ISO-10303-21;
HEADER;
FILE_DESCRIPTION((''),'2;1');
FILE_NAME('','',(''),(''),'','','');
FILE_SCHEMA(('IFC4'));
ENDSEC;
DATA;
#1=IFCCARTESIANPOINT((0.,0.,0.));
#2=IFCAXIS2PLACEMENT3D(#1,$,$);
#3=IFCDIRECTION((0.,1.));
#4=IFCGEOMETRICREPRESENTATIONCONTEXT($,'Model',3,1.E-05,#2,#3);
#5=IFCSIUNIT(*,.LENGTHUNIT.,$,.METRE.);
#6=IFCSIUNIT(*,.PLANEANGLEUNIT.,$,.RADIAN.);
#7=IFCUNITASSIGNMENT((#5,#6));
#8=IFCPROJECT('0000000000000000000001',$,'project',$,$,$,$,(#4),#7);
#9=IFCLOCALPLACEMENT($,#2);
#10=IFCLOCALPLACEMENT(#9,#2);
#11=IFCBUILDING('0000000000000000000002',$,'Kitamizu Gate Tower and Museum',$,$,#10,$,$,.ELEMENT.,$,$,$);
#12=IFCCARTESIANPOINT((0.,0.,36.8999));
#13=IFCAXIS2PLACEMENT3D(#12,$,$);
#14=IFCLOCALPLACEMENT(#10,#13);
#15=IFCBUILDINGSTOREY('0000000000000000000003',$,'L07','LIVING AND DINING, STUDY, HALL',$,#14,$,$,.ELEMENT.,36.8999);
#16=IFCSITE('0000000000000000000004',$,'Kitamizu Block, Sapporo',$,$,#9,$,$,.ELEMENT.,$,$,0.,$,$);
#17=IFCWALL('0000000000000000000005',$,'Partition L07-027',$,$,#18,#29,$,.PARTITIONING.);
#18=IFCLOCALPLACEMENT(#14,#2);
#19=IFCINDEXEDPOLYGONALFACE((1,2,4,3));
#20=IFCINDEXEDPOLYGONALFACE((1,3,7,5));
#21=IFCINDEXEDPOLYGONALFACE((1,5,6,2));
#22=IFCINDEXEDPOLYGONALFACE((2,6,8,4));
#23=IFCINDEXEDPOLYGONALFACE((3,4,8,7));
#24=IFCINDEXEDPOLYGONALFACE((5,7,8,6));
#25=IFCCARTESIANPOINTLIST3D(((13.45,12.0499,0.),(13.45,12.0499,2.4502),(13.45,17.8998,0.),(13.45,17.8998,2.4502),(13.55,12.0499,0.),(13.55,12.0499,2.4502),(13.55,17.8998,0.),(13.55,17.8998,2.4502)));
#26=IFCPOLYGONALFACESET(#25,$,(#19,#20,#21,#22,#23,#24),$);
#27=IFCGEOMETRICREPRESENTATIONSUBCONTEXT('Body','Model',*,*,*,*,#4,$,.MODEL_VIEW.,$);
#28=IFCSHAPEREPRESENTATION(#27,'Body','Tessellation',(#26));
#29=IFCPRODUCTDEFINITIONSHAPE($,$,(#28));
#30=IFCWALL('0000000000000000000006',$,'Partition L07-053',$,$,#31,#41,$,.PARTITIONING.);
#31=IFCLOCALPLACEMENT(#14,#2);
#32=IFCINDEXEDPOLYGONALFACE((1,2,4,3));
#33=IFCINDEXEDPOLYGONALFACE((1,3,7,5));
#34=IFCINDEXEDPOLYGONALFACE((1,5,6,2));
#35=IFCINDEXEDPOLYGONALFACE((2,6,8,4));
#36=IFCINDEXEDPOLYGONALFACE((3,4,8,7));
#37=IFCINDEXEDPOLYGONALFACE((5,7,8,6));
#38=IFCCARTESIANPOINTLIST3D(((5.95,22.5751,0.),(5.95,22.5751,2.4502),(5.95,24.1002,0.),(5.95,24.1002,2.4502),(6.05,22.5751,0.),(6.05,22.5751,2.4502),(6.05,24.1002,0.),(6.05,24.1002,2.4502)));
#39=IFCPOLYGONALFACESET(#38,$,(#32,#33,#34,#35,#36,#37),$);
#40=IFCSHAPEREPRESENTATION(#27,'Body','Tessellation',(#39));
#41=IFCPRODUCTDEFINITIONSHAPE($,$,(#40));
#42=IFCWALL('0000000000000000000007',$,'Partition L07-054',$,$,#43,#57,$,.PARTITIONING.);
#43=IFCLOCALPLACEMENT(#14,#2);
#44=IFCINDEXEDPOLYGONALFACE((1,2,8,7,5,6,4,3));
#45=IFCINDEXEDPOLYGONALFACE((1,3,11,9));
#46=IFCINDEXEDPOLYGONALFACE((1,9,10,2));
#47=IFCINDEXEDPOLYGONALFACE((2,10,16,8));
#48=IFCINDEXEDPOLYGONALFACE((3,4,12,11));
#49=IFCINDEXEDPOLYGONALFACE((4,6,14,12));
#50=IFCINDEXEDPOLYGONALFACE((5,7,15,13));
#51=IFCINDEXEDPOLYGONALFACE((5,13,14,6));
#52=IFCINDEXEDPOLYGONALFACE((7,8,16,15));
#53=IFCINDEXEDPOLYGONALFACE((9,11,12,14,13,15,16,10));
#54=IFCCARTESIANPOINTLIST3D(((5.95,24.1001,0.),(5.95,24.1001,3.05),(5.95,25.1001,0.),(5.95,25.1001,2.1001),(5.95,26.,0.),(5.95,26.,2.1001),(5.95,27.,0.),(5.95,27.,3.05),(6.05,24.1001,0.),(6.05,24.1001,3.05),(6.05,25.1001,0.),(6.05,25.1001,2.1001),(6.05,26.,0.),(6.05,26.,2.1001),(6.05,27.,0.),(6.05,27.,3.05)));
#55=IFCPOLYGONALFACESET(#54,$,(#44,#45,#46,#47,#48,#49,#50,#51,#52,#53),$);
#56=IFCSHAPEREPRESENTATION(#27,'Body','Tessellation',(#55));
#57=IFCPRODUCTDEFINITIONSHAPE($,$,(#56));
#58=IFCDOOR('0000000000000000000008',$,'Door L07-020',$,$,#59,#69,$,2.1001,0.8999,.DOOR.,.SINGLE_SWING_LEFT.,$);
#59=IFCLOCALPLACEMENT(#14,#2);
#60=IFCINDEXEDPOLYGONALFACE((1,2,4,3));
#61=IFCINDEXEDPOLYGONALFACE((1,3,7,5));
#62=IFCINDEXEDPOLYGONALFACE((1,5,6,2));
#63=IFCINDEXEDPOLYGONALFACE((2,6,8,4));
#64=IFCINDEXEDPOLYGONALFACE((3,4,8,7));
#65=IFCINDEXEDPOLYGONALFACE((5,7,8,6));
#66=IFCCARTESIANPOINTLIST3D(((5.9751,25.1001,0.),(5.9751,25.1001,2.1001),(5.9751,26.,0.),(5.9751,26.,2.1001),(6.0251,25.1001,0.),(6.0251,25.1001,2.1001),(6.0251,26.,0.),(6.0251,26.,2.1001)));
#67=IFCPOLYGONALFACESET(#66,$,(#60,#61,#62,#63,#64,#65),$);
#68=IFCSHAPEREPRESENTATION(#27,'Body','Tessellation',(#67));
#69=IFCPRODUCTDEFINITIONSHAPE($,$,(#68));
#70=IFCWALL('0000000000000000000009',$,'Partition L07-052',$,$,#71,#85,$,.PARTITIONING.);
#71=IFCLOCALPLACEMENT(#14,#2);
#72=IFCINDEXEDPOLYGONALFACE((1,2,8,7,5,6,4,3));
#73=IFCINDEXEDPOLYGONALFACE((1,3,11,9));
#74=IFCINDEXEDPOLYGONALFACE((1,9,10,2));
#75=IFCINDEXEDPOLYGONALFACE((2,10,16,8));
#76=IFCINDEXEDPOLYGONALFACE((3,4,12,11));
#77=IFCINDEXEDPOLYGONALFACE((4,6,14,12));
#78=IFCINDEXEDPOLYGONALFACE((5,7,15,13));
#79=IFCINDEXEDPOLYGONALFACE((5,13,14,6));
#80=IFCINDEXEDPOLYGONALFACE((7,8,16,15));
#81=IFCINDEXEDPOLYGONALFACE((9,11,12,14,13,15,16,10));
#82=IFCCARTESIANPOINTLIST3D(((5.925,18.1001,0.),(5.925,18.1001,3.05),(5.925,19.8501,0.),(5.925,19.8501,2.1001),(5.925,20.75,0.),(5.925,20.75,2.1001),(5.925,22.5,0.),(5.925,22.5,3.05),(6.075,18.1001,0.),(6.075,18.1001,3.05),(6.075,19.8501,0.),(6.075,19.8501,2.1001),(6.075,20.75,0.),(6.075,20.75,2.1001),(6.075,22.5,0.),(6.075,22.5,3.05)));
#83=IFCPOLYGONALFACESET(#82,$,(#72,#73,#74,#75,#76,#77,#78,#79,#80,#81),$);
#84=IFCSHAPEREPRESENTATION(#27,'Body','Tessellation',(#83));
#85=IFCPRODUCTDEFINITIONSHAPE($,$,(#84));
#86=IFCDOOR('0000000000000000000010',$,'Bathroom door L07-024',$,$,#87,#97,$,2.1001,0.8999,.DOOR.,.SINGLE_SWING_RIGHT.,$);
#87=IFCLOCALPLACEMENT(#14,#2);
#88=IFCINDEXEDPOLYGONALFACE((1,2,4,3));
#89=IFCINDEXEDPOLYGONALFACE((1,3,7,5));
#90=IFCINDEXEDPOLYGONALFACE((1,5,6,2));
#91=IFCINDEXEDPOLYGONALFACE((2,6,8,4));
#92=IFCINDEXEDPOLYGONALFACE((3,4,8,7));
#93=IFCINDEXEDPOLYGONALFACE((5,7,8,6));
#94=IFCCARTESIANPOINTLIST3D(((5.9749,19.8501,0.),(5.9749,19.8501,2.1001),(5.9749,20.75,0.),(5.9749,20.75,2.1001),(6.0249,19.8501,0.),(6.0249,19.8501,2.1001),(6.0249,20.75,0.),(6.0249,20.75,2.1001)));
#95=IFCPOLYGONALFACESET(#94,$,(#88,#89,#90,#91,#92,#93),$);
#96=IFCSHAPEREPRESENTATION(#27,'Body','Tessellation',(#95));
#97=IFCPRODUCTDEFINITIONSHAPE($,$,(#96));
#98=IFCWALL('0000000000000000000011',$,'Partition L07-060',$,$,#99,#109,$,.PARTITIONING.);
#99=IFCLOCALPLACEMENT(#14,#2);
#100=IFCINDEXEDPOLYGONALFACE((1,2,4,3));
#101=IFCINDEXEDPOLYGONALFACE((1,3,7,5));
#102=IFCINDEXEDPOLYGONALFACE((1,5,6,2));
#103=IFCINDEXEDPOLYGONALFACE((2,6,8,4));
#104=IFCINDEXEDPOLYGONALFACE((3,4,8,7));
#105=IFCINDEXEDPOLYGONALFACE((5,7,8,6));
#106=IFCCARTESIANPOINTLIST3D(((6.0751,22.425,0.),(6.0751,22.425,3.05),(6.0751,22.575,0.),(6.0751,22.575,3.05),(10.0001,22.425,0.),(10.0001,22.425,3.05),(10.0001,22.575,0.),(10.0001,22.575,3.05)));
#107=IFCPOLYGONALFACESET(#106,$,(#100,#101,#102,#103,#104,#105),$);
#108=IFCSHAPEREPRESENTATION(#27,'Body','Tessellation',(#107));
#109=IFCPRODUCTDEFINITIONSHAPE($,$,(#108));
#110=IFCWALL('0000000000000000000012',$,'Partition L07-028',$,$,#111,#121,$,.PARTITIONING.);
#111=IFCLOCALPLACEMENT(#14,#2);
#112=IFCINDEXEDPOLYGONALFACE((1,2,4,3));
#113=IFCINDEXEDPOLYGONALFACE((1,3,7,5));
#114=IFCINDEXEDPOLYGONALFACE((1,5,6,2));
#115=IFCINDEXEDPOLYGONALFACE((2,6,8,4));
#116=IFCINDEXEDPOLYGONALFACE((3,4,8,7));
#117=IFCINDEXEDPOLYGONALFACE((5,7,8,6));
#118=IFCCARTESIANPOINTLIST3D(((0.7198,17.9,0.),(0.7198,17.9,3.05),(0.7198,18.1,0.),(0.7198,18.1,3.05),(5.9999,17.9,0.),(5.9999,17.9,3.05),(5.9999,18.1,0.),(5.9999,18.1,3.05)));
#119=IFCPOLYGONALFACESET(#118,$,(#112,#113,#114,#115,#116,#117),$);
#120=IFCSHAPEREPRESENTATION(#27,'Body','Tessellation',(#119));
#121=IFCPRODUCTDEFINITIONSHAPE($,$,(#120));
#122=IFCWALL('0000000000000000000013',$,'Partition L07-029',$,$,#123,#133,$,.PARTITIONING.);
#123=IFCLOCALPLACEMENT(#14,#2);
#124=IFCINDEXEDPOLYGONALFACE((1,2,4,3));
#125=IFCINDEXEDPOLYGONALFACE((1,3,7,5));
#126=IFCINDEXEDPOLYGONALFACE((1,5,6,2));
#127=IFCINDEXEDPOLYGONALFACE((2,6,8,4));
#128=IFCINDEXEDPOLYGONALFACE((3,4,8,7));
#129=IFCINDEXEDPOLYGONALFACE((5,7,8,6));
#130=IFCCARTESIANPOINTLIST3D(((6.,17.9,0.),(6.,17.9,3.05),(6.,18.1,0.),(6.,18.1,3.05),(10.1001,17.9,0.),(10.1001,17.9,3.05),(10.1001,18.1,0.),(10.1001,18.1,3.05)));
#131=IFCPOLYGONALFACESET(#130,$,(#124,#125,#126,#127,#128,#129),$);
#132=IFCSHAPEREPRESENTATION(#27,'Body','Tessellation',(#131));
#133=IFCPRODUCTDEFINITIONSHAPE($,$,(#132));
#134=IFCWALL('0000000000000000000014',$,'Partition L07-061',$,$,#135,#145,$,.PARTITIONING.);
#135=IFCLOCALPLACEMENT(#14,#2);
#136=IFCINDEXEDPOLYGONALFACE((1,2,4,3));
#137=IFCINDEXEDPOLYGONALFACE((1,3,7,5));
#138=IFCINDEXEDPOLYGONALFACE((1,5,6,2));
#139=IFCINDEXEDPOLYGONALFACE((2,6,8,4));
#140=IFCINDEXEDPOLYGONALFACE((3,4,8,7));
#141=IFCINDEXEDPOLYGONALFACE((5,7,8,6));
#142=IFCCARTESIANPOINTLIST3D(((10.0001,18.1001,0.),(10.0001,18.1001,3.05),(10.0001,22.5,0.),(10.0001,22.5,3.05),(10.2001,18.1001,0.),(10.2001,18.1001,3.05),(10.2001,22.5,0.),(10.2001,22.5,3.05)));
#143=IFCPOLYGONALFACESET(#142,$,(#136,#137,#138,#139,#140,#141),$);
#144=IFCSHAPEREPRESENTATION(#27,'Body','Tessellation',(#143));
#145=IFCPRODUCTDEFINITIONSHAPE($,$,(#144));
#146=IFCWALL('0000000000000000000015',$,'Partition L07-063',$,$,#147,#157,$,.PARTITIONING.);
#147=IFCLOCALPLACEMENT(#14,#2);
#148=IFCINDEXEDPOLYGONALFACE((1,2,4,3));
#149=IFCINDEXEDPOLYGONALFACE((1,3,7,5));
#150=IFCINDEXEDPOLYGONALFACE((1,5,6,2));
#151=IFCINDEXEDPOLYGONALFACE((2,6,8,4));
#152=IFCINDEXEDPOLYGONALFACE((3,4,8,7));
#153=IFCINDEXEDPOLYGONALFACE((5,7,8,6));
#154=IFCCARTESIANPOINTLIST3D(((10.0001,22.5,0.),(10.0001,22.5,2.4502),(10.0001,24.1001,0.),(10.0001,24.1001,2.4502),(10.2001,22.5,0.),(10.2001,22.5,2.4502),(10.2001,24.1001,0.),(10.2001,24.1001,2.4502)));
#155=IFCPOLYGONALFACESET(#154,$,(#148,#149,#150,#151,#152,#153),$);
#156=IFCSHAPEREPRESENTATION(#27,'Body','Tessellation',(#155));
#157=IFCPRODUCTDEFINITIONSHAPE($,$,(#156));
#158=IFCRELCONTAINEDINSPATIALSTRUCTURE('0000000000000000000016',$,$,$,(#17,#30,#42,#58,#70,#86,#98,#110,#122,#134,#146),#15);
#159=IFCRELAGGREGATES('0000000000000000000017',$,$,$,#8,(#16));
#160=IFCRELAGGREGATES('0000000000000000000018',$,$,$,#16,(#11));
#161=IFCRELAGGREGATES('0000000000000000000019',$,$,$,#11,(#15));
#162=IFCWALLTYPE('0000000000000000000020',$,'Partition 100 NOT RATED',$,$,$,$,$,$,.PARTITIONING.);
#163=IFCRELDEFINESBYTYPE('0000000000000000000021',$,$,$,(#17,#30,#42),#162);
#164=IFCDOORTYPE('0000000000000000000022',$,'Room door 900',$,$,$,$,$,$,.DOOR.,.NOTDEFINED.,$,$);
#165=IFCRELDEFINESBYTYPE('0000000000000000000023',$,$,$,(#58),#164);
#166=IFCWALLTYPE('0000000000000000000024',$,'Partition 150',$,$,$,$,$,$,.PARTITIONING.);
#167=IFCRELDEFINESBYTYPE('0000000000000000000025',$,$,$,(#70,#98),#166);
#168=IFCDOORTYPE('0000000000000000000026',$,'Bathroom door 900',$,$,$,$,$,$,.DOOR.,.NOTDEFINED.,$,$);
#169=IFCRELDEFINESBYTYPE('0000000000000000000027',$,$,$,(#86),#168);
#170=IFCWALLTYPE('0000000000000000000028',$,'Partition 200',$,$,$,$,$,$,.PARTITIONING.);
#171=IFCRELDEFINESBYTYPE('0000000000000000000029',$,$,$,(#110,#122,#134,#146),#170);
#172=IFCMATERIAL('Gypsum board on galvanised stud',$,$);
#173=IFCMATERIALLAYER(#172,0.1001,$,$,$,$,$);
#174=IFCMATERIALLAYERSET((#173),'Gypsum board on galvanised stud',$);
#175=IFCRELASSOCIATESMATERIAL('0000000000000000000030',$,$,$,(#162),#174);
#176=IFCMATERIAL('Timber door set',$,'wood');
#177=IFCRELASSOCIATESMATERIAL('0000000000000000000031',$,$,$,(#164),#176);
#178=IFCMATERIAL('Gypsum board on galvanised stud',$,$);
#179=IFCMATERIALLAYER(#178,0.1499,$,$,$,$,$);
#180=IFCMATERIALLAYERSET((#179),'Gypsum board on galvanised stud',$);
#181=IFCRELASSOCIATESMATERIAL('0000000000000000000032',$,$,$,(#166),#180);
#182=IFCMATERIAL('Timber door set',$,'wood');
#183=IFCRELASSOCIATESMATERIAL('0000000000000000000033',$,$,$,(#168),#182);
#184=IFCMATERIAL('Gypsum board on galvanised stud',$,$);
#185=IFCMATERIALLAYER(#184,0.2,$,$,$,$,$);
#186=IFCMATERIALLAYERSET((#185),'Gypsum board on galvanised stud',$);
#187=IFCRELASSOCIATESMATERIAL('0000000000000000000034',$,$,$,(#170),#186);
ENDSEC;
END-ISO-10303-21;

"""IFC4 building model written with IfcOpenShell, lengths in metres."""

from ifc_helpers import new_model, si_unit, direction, frame, frame_2d, origin, place, context, subcontext, project, spatial, rectangle, extrude, material, layer, layer_set, type_object, element, fill, save


model = new_model("IFC4")

# Units and contexts
model_context = context("Model", 3, precision=1e-05, world=origin(), true_north=direction((0.0, 1.0)))
body_context = subcontext(model_context, "Body", "Model", "MODEL_VIEW")
ifc_project = project(units=[si_unit("LENGTHUNIT", "METRE"), si_unit("PLANEANGLEUNIT", "RADIAN")], contexts=[model_context])

# Site, building, storey
site_placement = place(None, origin())
site = spatial("IfcSite", under=ifc_project, at=site_placement, Name="Kitamizu Block, Sapporo", CompositionType="ELEMENT", RefElevation=0.0)
building_placement = place(site_placement, origin())
building = spatial("IfcBuilding", under=site, at=building_placement, Name="Kitamizu Gate Tower and Museum", CompositionType="ELEMENT")
storey_placement = place(building_placement, frame((0.0, 0.0, 36.8999)))
storey = spatial("IfcBuildingStorey", under=building, at=storey_placement, Name="L07", Description="LIVING AND DINING, STUDY, HALL", CompositionType="ELEMENT", Elevation=36.8999)

# Walls
ifc_material_1 = material(Name="Gypsum board on galvanised stud")
ifc_layer_1 = layer(ifc_material_1, 0.1001)
ifc_layer_set_1 = layer_set([ifc_layer_1], Name="Gypsum board on galvanised stud")
wall_type_1 = type_object("IfcWallType", Name="Partition 100 NOT RATED", PredefinedType="PARTITIONING", material=ifc_layer_set_1)
wall_1_placement = place(storey_placement, frame((13.5, 12.05, 0.0), z_axis=(0.0, 0.0, 1.0), x_axis=(0.0, 1.0, 0.0)))
element("IfcWall", 1, at=wall_1_placement, inside=storey, type_object=wall_type_1, Name="Partition L07-027", PredefinedType="PARTITIONING", context=body_context, shape_type="SweptSolid", body=[
    extrude(rectangle(XDim=5.8499, YDim=0.1001, at=frame_2d((2.9248, 0.0))), origin(), (0.0, 0.0, 1.0), 2.4502),
])
wall_2_placement = place(storey_placement, frame((6.0, 22.575, 0.0), z_axis=(0.0, 0.0, 1.0), x_axis=(0.0, 1.0, 0.0)))
element("IfcWall", 2, at=wall_2_placement, inside=storey, type_object=wall_type_1, Name="Partition L07-053", PredefinedType="PARTITIONING", context=body_context, shape_type="SweptSolid", body=[
    extrude(rectangle(XDim=1.5251, YDim=0.1001, at=frame_2d((0.7627, 0.0))), origin(), (0.0, 0.0, 1.0), 2.4502),
])

# Walls, openings, doors
wall_3_placement = place(storey_placement, frame((6.0, 24.1001, 0.0), z_axis=(0.0, 0.0, 1.0), x_axis=(0.0, 1.0, 0.0)))
wall_3 = element("IfcWall", 3, at=wall_3_placement, inside=storey, type_object=wall_type_1, Name="Partition L07-054", PredefinedType="PARTITIONING", context=body_context, shape_type="SweptSolid", body=[
    extrude(rectangle(XDim=2.8999, YDim=0.1001, at=frame_2d((1.45, 0.0))), origin(), (0.0, 0.0, 1.0), 3.05),
])
opening_1_placement = place(wall_3_placement, frame((1.0, 0.0, 0.0)))
opening_1 = element("IfcOpeningElement", 4, at=opening_1_placement, cuts=wall_3, PredefinedType="OPENING", context=body_context, shape_type="SweptSolid", body=[
    extrude(rectangle(XDim=0.8999, YDim=2.1001, at=frame_2d((0.45, 1.05))), frame((0.0, 0.0601, 0.0), z_axis=(0.0, -1.0, 0.0), x_axis=(1.0, 0.0, 0.0)), (0.0, 0.0, 1.0), 0.1201),
])
ifc_material_2 = material(Name="Timber door set", Category="wood")
door_type_1 = type_object("IfcDoorType", Name="Room door 900", OperationType="NOTDEFINED", PredefinedType="DOOR", material=ifc_material_2)
door_1_placement = place(opening_1_placement, origin())
door_1 = element("IfcDoor", 5, at=door_1_placement, inside=storey, type_object=door_type_1, Name="Door L07-020", OperationType="SINGLE_SWING_LEFT", OverallHeight=2.1001, OverallWidth=0.8999, PredefinedType="DOOR", context=body_context, shape_type="SweptSolid", body=[
    extrude(rectangle(XDim=0.8999, YDim=2.1001, at=frame_2d((0.45, 1.05))), frame((0.0, 0.0249, 0.0), z_axis=(0.0, -1.0, 0.0), x_axis=(1.0, 0.0, 0.0)), (0.0, 0.0, 1.0), 0.05),
])
fill(opening_1, door_1)
ifc_material_3 = material(Name="Gypsum board on galvanised stud")
ifc_layer_2 = layer(ifc_material_3, 0.1499)
ifc_layer_set_2 = layer_set([ifc_layer_2], Name="Gypsum board on galvanised stud")
wall_type_2 = type_object("IfcWallType", Name="Partition 150", PredefinedType="PARTITIONING", material=ifc_layer_set_2)
wall_4_placement = place(storey_placement, frame((6.0, 18.1001, 0.0), z_axis=(0.0, 0.0, 1.0), x_axis=(0.0, 1.0, 0.0)))
wall_4 = element("IfcWall", 6, at=wall_4_placement, inside=storey, type_object=wall_type_2, Name="Partition L07-052", PredefinedType="PARTITIONING", context=body_context, shape_type="SweptSolid", body=[
    extrude(rectangle(XDim=4.3999, YDim=0.1499, at=frame_2d((2.2, 0.0))), origin(), (0.0, 0.0, 1.0), 3.05),
])
opening_2_placement = place(wall_4_placement, frame((1.75, 0.0, 0.0)))
opening_2 = element("IfcOpeningElement", 7, at=opening_2_placement, cuts=wall_4, PredefinedType="OPENING", context=body_context, shape_type="SweptSolid", body=[
    extrude(rectangle(XDim=0.8999, YDim=2.1001, at=frame_2d((0.45, 1.05))), frame((0.0, 0.085, 0.0), z_axis=(0.0, -1.0, 0.0), x_axis=(1.0, 0.0, 0.0)), (0.0, 0.0, 1.0), 0.1699),
])
ifc_material_4 = material(Name="Timber door set", Category="wood")
door_type_2 = type_object("IfcDoorType", Name="Bathroom door 900", OperationType="NOTDEFINED", PredefinedType="DOOR", material=ifc_material_4)
door_2_placement = place(opening_2_placement, frame((0.8999, 0.0, 0.0), x_axis=(-1.0, 0.0, 0.0)))
door_2 = element("IfcDoor", 8, at=door_2_placement, inside=storey, type_object=door_type_2, Name="Bathroom door L07-024", OperationType="SINGLE_SWING_RIGHT", OverallHeight=2.1001, OverallWidth=0.8999, PredefinedType="DOOR", context=body_context, shape_type="SweptSolid", body=[
    extrude(rectangle(XDim=0.8999, YDim=2.1001, at=frame_2d((0.45, 1.05))), frame((0.0, 0.0249, 0.0), z_axis=(0.0, -1.0, 0.0), x_axis=(1.0, 0.0, 0.0)), (0.0, 0.0, 1.0), 0.05),
])
fill(opening_2, door_2)

# Walls
wall_5_placement = place(storey_placement, frame((10.0, 22.5, 0.0), z_axis=(0.0, 0.0, 1.0), x_axis=(-1.0, 0.0, 0.0)))
element("IfcWall", 9, at=wall_5_placement, inside=storey, type_object=wall_type_2, Name="Partition L07-060", PredefinedType="PARTITIONING", context=body_context, shape_type="SweptSolid", body=[
    extrude(rectangle(XDim=3.925, YDim=0.1499, at=frame_2d((1.9624, 0.0))), origin(), (0.0, 0.0, 1.0), 3.05),
])
ifc_material_5 = material(Name="Gypsum board on galvanised stud")
ifc_layer_3 = layer(ifc_material_5, 0.2)
ifc_layer_set_3 = layer_set([ifc_layer_3], Name="Gypsum board on galvanised stud")
wall_type_3 = type_object("IfcWallType", Name="Partition 200", PredefinedType="PARTITIONING", material=ifc_layer_set_3)
wall_6_placement = place(storey_placement, frame((6.0, 18.0, 0.0), z_axis=(0.0, 0.0, 1.0), x_axis=(-1.0, 0.0, 0.0)))
element("IfcWall", 10, at=wall_6_placement, inside=storey, type_object=wall_type_3, Name="Partition L07-028", PredefinedType="PARTITIONING", context=body_context, shape_type="SweptSolid", body=[
    extrude(rectangle(XDim=5.28, YDim=0.2, at=frame_2d((2.6401, 0.0))), origin(), (0.0, 0.0, 1.0), 3.05),
])
wall_7_placement = place(storey_placement, frame((10.1001, 18.0, 0.0), z_axis=(0.0, 0.0, 1.0), x_axis=(-1.0, 0.0, 0.0)))
element("IfcWall", 11, at=wall_7_placement, inside=storey, type_object=wall_type_3, Name="Partition L07-029", PredefinedType="PARTITIONING", context=body_context, shape_type="SweptSolid", body=[
    extrude(rectangle(XDim=4.1001, YDim=0.2, at=frame_2d((2.05, 0.0))), origin(), (0.0, 0.0, 1.0), 3.05),
])
wall_8_placement = place(storey_placement, frame((10.1001, 18.1001, 0.0), z_axis=(0.0, 0.0, 1.0), x_axis=(0.0, 1.0, 0.0)))
element("IfcWall", 12, at=wall_8_placement, inside=storey, type_object=wall_type_3, Name="Partition L07-061", PredefinedType="PARTITIONING", context=body_context, shape_type="SweptSolid", body=[
    extrude(rectangle(XDim=4.3999, YDim=0.2, at=frame_2d((2.2, 0.0))), origin(), (0.0, 0.0, 1.0), 3.05),
])
wall_9_placement = place(storey_placement, frame((10.1001, 22.5, 0.0), z_axis=(0.0, 0.0, 1.0), x_axis=(0.0, 1.0, 0.0)))
element("IfcWall", 13, at=wall_9_placement, inside=storey, type_object=wall_type_3, Name="Partition L07-063", PredefinedType="PARTITIONING", context=body_context, shape_type="SweptSolid", body=[
    extrude(rectangle(XDim=1.6001, YDim=0.2, at=frame_2d((0.8, 0.0))), origin(), (0.0, 0.0, 1.0), 2.4502),
])

save(model, "model.ifc")
